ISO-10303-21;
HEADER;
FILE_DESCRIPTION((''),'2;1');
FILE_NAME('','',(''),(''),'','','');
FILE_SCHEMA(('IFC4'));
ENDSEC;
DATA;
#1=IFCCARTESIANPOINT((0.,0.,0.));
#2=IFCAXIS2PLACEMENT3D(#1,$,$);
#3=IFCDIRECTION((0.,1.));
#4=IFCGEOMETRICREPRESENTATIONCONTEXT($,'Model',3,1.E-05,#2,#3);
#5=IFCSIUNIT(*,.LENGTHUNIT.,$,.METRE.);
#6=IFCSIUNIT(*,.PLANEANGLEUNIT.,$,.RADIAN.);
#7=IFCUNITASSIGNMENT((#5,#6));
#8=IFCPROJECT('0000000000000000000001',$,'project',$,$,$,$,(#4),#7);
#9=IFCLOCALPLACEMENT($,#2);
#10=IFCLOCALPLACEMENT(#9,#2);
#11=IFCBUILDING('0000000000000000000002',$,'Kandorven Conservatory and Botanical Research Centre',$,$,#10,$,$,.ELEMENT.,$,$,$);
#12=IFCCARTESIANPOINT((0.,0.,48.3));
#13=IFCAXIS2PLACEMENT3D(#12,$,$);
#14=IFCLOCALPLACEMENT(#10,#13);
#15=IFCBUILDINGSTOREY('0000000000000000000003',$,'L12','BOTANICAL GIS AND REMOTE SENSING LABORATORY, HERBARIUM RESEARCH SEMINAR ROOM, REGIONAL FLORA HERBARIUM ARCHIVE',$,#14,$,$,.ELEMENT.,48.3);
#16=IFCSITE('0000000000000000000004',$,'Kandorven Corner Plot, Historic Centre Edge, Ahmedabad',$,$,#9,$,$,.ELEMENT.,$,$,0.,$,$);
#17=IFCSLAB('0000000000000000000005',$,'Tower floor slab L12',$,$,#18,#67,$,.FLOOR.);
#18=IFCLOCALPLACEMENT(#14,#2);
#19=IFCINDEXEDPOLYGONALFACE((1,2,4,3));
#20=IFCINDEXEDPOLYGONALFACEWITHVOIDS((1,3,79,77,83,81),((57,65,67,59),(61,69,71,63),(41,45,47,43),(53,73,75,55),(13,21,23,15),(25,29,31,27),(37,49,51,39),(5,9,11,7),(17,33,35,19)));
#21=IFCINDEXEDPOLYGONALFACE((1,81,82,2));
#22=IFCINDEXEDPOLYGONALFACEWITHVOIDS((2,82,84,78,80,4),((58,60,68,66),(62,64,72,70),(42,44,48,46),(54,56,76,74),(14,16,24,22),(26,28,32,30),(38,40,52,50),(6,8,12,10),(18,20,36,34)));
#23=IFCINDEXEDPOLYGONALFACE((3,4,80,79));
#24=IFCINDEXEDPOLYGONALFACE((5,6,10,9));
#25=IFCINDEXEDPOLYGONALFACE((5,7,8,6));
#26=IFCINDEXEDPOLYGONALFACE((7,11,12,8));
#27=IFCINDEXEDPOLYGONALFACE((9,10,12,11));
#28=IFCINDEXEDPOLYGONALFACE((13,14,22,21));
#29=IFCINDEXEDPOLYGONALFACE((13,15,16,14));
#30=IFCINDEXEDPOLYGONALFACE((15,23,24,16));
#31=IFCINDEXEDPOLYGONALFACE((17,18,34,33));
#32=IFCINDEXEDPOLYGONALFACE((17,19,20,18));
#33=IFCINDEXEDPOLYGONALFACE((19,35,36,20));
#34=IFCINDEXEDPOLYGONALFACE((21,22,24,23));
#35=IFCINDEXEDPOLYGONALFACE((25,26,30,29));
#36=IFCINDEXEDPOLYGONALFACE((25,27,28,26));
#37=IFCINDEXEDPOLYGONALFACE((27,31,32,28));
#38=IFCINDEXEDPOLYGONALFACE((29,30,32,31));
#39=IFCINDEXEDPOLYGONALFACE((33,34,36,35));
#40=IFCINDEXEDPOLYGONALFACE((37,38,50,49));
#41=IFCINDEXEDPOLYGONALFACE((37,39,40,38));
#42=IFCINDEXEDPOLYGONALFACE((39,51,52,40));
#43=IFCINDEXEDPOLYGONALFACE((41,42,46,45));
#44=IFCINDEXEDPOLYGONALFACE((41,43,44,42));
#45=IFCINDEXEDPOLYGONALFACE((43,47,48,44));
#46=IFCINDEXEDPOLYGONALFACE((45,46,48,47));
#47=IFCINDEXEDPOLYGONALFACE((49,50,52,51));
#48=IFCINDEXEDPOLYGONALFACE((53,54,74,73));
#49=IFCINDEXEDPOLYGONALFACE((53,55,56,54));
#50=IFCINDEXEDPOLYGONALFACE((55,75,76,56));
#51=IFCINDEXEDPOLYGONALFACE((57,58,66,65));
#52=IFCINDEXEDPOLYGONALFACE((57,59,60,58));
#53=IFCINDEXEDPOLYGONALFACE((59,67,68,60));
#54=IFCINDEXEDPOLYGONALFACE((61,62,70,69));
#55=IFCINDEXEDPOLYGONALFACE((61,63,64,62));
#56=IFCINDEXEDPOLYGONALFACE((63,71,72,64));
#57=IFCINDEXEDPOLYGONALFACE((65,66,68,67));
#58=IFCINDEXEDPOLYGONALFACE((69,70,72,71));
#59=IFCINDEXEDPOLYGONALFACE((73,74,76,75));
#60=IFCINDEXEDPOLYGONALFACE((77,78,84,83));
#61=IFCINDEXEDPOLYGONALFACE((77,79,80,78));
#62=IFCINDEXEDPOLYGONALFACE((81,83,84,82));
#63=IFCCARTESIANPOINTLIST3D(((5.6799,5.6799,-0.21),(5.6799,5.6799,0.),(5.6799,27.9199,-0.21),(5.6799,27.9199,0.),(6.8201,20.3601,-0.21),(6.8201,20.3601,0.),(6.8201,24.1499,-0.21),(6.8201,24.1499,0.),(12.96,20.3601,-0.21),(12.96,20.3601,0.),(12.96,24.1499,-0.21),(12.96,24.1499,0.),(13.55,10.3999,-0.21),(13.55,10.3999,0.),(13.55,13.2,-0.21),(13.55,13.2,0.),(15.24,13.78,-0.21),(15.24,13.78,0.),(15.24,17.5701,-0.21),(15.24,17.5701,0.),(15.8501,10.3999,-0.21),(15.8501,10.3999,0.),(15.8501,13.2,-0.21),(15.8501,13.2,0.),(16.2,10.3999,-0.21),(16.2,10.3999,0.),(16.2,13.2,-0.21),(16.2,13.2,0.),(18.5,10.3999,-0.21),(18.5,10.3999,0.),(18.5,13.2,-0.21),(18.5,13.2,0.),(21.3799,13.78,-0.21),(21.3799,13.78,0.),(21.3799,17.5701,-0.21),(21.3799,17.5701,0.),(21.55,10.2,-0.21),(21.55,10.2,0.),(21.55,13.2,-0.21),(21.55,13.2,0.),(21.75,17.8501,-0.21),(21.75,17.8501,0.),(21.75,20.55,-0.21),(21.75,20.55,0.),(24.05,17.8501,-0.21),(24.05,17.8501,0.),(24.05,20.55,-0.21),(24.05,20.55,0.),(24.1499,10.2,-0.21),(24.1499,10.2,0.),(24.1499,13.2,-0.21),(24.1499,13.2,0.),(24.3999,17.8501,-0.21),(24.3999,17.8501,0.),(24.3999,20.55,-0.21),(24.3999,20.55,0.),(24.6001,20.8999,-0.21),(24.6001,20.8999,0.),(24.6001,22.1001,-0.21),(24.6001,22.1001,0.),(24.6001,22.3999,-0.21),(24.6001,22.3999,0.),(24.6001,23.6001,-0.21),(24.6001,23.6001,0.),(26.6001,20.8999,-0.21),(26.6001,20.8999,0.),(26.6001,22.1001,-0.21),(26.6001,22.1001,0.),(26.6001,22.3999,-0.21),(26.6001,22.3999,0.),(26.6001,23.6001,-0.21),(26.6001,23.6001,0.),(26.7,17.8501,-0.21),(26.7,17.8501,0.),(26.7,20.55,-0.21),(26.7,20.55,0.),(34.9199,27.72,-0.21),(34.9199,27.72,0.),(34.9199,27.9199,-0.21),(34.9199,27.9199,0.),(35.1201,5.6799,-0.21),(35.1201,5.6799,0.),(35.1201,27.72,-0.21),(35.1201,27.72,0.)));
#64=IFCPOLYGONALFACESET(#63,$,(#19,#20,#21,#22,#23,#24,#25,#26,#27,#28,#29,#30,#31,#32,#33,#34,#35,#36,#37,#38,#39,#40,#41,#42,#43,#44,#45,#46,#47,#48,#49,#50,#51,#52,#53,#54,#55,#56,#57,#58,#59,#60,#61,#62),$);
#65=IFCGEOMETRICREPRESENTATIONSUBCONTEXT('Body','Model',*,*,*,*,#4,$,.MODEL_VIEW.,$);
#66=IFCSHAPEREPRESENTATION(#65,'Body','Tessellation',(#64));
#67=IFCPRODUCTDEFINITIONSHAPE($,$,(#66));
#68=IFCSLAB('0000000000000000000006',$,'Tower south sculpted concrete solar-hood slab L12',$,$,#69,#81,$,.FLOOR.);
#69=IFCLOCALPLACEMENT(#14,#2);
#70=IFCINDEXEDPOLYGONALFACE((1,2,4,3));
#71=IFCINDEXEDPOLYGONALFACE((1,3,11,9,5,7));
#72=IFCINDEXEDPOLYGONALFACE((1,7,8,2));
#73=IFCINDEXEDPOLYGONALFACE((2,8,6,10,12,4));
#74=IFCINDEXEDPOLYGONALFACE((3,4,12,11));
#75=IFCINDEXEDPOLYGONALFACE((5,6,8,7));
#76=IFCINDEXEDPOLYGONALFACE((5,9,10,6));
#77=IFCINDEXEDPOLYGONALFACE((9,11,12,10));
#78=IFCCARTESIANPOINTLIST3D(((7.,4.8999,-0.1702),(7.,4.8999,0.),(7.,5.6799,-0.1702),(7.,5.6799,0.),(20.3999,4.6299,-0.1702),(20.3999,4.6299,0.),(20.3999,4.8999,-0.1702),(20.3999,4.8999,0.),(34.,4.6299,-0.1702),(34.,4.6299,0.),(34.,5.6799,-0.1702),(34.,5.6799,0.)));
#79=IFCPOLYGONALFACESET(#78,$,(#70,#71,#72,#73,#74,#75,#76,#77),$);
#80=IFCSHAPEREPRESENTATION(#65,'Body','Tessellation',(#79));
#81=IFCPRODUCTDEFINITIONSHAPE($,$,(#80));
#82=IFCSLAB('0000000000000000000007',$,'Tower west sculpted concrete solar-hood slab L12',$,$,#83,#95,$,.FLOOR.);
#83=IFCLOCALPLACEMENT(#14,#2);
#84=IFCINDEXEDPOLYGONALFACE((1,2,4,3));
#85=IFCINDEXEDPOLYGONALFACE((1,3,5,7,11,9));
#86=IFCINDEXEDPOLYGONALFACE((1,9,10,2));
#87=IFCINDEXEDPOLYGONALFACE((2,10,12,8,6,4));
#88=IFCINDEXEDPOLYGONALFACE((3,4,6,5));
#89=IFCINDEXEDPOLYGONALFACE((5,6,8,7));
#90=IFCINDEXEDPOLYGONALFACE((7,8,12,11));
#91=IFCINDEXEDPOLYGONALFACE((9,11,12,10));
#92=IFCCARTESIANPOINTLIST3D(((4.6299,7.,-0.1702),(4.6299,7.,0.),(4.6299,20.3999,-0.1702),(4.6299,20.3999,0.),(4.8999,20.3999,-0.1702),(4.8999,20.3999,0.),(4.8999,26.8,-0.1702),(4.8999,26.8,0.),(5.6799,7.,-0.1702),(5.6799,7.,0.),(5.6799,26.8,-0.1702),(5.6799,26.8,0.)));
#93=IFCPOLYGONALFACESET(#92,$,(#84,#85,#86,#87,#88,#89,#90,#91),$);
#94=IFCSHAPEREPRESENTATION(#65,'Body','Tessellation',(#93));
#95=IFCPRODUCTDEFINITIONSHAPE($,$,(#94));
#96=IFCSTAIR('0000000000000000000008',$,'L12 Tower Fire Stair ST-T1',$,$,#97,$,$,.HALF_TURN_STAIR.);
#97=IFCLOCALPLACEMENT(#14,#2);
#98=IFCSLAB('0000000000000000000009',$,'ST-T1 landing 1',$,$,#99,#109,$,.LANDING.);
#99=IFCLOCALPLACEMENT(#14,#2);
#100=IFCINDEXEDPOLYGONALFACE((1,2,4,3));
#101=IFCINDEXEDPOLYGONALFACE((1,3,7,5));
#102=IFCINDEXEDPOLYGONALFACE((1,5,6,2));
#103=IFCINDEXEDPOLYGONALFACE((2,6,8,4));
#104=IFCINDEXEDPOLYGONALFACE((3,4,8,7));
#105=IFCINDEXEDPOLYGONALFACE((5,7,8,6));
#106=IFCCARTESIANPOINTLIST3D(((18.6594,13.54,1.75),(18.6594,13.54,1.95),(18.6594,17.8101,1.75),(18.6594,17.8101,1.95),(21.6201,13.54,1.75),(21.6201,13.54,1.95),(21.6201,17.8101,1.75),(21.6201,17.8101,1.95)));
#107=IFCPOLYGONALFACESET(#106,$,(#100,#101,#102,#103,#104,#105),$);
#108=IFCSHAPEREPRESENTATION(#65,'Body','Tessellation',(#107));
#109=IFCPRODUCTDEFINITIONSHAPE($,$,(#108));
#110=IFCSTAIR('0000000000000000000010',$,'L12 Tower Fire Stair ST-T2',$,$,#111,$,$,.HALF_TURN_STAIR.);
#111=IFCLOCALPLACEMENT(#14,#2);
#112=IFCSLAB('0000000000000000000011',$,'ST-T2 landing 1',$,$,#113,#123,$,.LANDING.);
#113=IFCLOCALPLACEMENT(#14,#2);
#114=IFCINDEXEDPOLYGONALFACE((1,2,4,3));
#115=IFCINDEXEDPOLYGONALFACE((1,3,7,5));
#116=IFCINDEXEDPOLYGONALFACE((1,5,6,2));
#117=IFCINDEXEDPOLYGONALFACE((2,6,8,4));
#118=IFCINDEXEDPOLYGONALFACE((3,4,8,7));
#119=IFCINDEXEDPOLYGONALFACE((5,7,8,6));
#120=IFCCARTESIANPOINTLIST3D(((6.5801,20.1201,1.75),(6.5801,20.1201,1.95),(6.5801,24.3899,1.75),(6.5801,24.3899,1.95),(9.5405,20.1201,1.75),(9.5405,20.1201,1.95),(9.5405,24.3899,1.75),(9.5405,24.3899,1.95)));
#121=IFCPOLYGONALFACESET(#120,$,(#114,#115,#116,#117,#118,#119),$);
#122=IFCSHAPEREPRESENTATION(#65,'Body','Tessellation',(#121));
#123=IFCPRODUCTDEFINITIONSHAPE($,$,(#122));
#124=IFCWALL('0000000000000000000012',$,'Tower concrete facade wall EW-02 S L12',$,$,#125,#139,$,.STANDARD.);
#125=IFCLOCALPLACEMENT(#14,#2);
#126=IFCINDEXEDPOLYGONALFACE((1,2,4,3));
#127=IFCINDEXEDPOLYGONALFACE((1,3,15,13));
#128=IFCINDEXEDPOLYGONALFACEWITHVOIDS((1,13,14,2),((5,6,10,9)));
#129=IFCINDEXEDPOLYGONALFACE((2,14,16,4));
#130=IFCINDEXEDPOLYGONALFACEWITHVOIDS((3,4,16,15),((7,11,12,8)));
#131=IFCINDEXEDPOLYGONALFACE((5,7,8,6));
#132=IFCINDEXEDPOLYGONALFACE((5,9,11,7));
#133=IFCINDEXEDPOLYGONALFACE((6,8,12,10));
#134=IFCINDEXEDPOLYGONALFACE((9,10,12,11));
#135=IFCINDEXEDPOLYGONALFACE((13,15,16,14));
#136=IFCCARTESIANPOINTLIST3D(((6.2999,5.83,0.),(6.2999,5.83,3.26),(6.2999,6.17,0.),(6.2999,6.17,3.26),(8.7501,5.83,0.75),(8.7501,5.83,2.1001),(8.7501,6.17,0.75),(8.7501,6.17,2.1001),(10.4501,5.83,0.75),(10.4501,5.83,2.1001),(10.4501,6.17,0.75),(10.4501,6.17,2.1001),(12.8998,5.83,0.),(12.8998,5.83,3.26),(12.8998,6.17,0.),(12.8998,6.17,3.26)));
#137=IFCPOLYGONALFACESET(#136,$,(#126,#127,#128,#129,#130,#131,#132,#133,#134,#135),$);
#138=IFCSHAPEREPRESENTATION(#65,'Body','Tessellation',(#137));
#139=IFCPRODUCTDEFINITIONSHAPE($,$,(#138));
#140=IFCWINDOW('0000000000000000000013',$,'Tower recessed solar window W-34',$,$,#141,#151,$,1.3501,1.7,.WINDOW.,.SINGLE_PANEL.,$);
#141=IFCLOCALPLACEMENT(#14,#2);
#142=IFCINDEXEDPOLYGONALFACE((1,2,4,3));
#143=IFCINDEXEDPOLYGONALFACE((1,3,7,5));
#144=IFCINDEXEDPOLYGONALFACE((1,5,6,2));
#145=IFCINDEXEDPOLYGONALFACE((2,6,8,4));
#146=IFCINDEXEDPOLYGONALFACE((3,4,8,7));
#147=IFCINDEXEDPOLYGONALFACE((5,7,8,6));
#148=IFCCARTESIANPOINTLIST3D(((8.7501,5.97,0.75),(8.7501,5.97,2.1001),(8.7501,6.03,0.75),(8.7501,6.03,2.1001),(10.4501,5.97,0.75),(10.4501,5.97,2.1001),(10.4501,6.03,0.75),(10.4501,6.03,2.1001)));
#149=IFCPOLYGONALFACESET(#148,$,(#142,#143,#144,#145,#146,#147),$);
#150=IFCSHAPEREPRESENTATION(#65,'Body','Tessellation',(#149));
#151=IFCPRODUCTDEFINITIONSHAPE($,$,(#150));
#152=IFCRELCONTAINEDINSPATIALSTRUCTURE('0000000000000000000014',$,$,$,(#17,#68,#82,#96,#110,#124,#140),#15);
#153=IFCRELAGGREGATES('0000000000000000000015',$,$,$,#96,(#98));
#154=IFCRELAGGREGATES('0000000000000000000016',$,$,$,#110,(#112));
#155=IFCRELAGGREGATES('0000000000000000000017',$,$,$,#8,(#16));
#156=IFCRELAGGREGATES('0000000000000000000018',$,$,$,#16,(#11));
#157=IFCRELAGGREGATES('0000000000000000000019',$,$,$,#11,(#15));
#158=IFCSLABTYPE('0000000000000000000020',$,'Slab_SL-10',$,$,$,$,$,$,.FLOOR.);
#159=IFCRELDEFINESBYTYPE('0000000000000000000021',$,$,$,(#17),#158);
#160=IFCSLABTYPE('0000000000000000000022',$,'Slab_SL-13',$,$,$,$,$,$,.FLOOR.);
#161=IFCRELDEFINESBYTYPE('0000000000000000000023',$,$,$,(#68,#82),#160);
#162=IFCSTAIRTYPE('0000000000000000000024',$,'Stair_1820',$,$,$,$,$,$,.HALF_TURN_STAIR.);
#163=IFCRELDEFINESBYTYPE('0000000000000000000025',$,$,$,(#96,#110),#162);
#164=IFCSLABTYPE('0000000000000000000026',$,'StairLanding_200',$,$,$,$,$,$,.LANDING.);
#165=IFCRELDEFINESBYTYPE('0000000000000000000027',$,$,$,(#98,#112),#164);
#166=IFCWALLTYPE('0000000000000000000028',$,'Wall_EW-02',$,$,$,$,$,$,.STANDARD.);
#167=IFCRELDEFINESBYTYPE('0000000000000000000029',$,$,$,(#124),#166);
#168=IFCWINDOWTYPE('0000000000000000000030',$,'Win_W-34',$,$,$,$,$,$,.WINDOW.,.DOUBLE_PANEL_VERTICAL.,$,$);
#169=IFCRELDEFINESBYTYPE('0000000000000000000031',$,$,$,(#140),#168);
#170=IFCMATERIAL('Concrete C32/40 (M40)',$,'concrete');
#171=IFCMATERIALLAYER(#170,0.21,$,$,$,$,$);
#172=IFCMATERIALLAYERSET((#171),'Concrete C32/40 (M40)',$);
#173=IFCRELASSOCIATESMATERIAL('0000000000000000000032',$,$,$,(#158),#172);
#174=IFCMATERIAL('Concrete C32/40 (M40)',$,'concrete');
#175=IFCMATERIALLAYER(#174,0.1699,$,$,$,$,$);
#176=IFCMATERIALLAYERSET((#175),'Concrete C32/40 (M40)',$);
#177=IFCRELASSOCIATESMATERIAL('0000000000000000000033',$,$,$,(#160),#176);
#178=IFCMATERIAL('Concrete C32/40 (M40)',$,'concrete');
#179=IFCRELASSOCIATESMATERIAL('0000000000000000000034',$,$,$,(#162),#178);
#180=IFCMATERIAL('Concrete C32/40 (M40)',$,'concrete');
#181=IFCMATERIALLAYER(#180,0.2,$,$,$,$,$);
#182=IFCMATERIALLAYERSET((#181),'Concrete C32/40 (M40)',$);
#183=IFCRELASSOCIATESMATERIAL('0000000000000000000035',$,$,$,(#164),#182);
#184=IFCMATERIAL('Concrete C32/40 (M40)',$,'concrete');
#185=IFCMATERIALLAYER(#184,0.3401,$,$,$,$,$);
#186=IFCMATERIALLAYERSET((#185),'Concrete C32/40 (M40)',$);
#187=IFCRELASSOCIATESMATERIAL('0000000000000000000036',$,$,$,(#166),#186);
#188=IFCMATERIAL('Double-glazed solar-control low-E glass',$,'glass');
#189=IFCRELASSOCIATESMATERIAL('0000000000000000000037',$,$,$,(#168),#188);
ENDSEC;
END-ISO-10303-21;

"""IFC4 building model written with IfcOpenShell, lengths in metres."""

from ifc_helpers import new_model, si_unit, direction, frame, frame_2d, origin, place, context, subcontext, project, spatial, polyline, rectangle, outline, extrude, material, layer, layer_set, type_object, element, fill, aggregate, save


model = new_model("IFC4")

# Units and contexts
model_context = context("Model", 3, precision=1e-05, world=origin(), true_north=direction((0.0, 1.0)))
body_context = subcontext(model_context, "Body", "Model", "MODEL_VIEW")
ifc_project = project(units=[si_unit("LENGTHUNIT", "METRE"), si_unit("PLANEANGLEUNIT", "RADIAN")], contexts=[model_context])

# Site, building, storey
site_placement = place(None, origin())
site = spatial("IfcSite", under=ifc_project, at=site_placement, Name="Kandorven Corner Plot, Historic Centre Edge, Ahmedabad", CompositionType="ELEMENT", RefElevation=0.0)
building_placement = place(site_placement, origin())
building = spatial("IfcBuilding", under=site, at=building_placement, Name="Kandorven Conservatory and Botanical Research Centre", CompositionType="ELEMENT")
storey_placement = place(building_placement, frame((0.0, 0.0, 48.3)))
storey = spatial("IfcBuildingStorey", under=building, at=storey_placement, Name="L12", Description="BOTANICAL GIS AND REMOTE SENSING LABORATORY, HERBARIUM RESEARCH SEMINAR ROOM, REGIONAL FLORA HERBARIUM ARCHIVE", CompositionType="ELEMENT", Elevation=48.3)

# Slabs
ifc_material_1 = material(Name="Concrete C32/40 (M40)", Category="concrete")
ifc_layer_1 = layer(ifc_material_1, 0.21)
ifc_layer_set_1 = layer_set([ifc_layer_1], Name="Concrete C32/40 (M40)")
slab_type_1 = type_object("IfcSlabType", Name="Slab_SL-10", PredefinedType="FLOOR", material=ifc_layer_set_1)
slab_1_placement = place(storey_placement, frame((0.0, 0.0, -0.21)))
element("IfcSlab", 1, at=slab_1_placement, inside=storey, type_object=slab_type_1, Name="Tower floor slab L12", PredefinedType="FLOOR", context=body_context, shape_type="SweptSolid", body=[
    extrude(outline(polyline([(5.6799, 5.6799), (35.1201, 5.6799), (35.1201, 27.72), (34.9199, 27.72), (34.9199, 27.9199), (5.6799, 27.9199), (5.6799, 5.6799)]), holes=[polyline([(15.24, 13.78), (21.3799, 13.78), (21.3799, 17.5701), (15.24, 17.5701), (15.24, 13.78)]), polyline([(12.96, 24.1499), (6.8201, 24.1499), (6.8201, 20.3601), (12.96, 20.3601), (12.96, 24.1499)]), polyline([(21.75, 17.8501), (24.05, 17.8501), (24.05, 20.55), (21.75, 20.55), (21.75, 17.8501)]), polyline([(24.3999, 17.8501), (26.7, 17.8501), (26.7, 20.55), (24.3999, 20.55), (24.3999, 17.8501)]), polyline([(13.55, 10.3999), (15.8501, 10.3999), (15.8501, 13.2), (13.55, 13.2), (13.55, 10.3999)]), polyline([(16.2, 10.3999), (18.5, 10.3999), (18.5, 13.2), (16.2, 13.2), (16.2, 10.3999)]), polyline([(21.55, 10.2), (24.1499, 10.2), (24.1499, 13.2), (21.55, 13.2), (21.55, 10.2)]), polyline([(24.6001, 20.8999), (26.6001, 20.8999), (26.6001, 22.1001), (24.6001, 22.1001), (24.6001, 20.8999)]), polyline([(24.6001, 22.3999), (26.6001, 22.3999), (26.6001, 23.6001), (24.6001, 23.6001), (24.6001, 22.3999)])]), origin(), (0.0, 0.0, 1.0), 0.21),
])
ifc_material_2 = material(Name="Concrete C32/40 (M40)", Category="concrete")
ifc_layer_2 = layer(ifc_material_2, 0.1699)
ifc_layer_set_2 = layer_set([ifc_layer_2], Name="Concrete C32/40 (M40)")
slab_type_2 = type_object("IfcSlabType", Name="Slab_SL-13", PredefinedType="FLOOR", material=ifc_layer_set_2)
slab_2_placement = place(storey_placement, frame((0.0, 0.0, -0.1702)))
element("IfcSlab", 2, at=slab_2_placement, inside=storey, type_object=slab_type_2, Name="Tower south sculpted concrete solar-hood slab L12", PredefinedType="FLOOR", context=body_context, shape_type="SweptSolid", body=[
    extrude(outline(polyline([(7.0, 5.6799), (34.0, 5.6799), (34.0, 4.6299), (20.3999, 4.6299), (20.3999, 4.8999), (7.0, 4.8999), (7.0, 5.6799)])), origin(), (0.0, 0.0, 1.0), 0.1702),
])
slab_3_placement = place(storey_placement, frame((0.0, 0.0, -0.1702)))
element("IfcSlab", 3, at=slab_3_placement, inside=storey, type_object=slab_type_2, Name="Tower west sculpted concrete solar-hood slab L12", PredefinedType="FLOOR", context=body_context, shape_type="SweptSolid", body=[
    extrude(outline(polyline([(4.6299, 7.0), (5.6799, 7.0), (5.6799, 26.8), (4.8999, 26.8), (4.8999, 20.3999), (4.6299, 20.3999), (4.6299, 7.0)])), origin(), (0.0, 0.0, 1.0), 0.1702),
])

# Stairs, slabs
ifc_material_3 = material(Name="Concrete C32/40 (M40)", Category="concrete")
stair_type = type_object("IfcStairType", Name="Stair_1820", PredefinedType="HALF_TURN_STAIR", material=ifc_material_3)
stair_1_placement = place(storey_placement, origin())
stair_1 = element("IfcStair", 4, at=stair_1_placement, inside=storey, type_object=stair_type, Name="L12 Tower Fire Stair ST-T1", PredefinedType="HALF_TURN_STAIR")
ifc_material_4 = material(Name="Concrete C32/40 (M40)", Category="concrete")
ifc_layer_3 = layer(ifc_material_4, 0.2)
ifc_layer_set_3 = layer_set([ifc_layer_3], Name="Concrete C32/40 (M40)")
slab_type_3 = type_object("IfcSlabType", Name="StairLanding_200", PredefinedType="LANDING", material=ifc_layer_set_3)
slab_4_placement = place(storey_placement, frame((0.0, 0.0, 1.75)))
slab_4 = element("IfcSlab", 5, at=slab_4_placement, type_object=slab_type_3, Name="ST-T1 landing 1", PredefinedType="LANDING", context=body_context, shape_type="SweptSolid", body=[
    extrude(outline(polyline([(18.6594, 13.54), (21.6201, 13.54), (21.6201, 17.8101), (18.6594, 17.8101), (18.6594, 13.54)])), origin(), (0.0, 0.0, 1.0), 0.2),
])
aggregate(stair_1, [slab_4])
stair_2_placement = place(storey_placement, origin())
stair_2 = element("IfcStair", 6, at=stair_2_placement, inside=storey, type_object=stair_type, Name="L12 Tower Fire Stair ST-T2", PredefinedType="HALF_TURN_STAIR")
slab_5_placement = place(storey_placement, frame((0.0, 0.0, 1.75)))
slab_5 = element("IfcSlab", 7, at=slab_5_placement, type_object=slab_type_3, Name="ST-T2 landing 1", PredefinedType="LANDING", context=body_context, shape_type="SweptSolid", body=[
    extrude(outline(polyline([(9.5405, 24.3899), (6.5801, 24.3899), (6.5801, 20.1201), (9.5405, 20.1201), (9.5405, 24.3899)])), origin(), (0.0, 0.0, 1.0), 0.2),
])
aggregate(stair_2, [slab_5])

# Wall, opening, window
ifc_material_5 = material(Name="Concrete C32/40 (M40)", Category="concrete")
ifc_layer_4 = layer(ifc_material_5, 0.3401)
ifc_layer_set_4 = layer_set([ifc_layer_4], Name="Concrete C32/40 (M40)")
wall_type_1 = type_object("IfcWallType", Name="Wall_EW-02", PredefinedType="STANDARD", material=ifc_layer_set_4)
wall_1_placement = place(storey_placement, frame((6.3, 6.0, 0.0), z_axis=(0.0, 0.0, 1.0), x_axis=(1.0, 0.0, 0.0)))
wall_1 = element("IfcWall", 8, at=wall_1_placement, inside=storey, type_object=wall_type_1, Name="Tower concrete facade wall EW-02 S L12", PredefinedType="STANDARD", context=body_context, shape_type="SweptSolid", body=[
    extrude(rectangle(XDim=6.5999, YDim=0.3401, at=frame_2d((3.2998, 0.0))), origin(), (0.0, 0.0, 1.0), 3.26),
])
opening_1_placement = place(wall_1_placement, frame((2.45, 0.0, 0.75)))
opening_1 = element("IfcOpeningElement", 9, at=opening_1_placement, cuts=wall_1, PredefinedType="OPENING", context=body_context, shape_type="SweptSolid", body=[
    extrude(rectangle(XDim=1.7, YDim=1.3501, at=frame_2d((0.8501, 0.675))), frame((0.0, 0.1799, 0.0), z_axis=(0.0, -1.0, 0.0), x_axis=(1.0, 0.0, 0.0)), (0.0, 0.0, 1.0), 0.3601),
])
ifc_material_6 = material(Name="Double-glazed solar-control low-E glass", Category="glass")
window_type_1 = type_object("IfcWindowType", Name="Win_W-34", PartitioningType="DOUBLE_PANEL_VERTICAL", PredefinedType="WINDOW", material=ifc_material_6)
window_1_placement = place(opening_1_placement, origin())
window_1 = element("IfcWindow", 10, at=window_1_placement, inside=storey, type_object=window_type_1, Name="Tower recessed solar window W-34", OverallHeight=1.3501, OverallWidth=1.7, PartitioningType="SINGLE_PANEL", PredefinedType="WINDOW", context=body_context, shape_type="SweptSolid", body=[
    extrude(rectangle(XDim=1.7, YDim=1.3501, at=frame_2d((0.8501, 0.675))), frame((0.0, 0.03, 0.0), z_axis=(0.0, -1.0, 0.0), x_axis=(1.0, 0.0, 0.0)), (0.0, 0.0, 1.0), 0.0601),
])
fill(opening_1, window_1)

save(model, "model.ifc")
